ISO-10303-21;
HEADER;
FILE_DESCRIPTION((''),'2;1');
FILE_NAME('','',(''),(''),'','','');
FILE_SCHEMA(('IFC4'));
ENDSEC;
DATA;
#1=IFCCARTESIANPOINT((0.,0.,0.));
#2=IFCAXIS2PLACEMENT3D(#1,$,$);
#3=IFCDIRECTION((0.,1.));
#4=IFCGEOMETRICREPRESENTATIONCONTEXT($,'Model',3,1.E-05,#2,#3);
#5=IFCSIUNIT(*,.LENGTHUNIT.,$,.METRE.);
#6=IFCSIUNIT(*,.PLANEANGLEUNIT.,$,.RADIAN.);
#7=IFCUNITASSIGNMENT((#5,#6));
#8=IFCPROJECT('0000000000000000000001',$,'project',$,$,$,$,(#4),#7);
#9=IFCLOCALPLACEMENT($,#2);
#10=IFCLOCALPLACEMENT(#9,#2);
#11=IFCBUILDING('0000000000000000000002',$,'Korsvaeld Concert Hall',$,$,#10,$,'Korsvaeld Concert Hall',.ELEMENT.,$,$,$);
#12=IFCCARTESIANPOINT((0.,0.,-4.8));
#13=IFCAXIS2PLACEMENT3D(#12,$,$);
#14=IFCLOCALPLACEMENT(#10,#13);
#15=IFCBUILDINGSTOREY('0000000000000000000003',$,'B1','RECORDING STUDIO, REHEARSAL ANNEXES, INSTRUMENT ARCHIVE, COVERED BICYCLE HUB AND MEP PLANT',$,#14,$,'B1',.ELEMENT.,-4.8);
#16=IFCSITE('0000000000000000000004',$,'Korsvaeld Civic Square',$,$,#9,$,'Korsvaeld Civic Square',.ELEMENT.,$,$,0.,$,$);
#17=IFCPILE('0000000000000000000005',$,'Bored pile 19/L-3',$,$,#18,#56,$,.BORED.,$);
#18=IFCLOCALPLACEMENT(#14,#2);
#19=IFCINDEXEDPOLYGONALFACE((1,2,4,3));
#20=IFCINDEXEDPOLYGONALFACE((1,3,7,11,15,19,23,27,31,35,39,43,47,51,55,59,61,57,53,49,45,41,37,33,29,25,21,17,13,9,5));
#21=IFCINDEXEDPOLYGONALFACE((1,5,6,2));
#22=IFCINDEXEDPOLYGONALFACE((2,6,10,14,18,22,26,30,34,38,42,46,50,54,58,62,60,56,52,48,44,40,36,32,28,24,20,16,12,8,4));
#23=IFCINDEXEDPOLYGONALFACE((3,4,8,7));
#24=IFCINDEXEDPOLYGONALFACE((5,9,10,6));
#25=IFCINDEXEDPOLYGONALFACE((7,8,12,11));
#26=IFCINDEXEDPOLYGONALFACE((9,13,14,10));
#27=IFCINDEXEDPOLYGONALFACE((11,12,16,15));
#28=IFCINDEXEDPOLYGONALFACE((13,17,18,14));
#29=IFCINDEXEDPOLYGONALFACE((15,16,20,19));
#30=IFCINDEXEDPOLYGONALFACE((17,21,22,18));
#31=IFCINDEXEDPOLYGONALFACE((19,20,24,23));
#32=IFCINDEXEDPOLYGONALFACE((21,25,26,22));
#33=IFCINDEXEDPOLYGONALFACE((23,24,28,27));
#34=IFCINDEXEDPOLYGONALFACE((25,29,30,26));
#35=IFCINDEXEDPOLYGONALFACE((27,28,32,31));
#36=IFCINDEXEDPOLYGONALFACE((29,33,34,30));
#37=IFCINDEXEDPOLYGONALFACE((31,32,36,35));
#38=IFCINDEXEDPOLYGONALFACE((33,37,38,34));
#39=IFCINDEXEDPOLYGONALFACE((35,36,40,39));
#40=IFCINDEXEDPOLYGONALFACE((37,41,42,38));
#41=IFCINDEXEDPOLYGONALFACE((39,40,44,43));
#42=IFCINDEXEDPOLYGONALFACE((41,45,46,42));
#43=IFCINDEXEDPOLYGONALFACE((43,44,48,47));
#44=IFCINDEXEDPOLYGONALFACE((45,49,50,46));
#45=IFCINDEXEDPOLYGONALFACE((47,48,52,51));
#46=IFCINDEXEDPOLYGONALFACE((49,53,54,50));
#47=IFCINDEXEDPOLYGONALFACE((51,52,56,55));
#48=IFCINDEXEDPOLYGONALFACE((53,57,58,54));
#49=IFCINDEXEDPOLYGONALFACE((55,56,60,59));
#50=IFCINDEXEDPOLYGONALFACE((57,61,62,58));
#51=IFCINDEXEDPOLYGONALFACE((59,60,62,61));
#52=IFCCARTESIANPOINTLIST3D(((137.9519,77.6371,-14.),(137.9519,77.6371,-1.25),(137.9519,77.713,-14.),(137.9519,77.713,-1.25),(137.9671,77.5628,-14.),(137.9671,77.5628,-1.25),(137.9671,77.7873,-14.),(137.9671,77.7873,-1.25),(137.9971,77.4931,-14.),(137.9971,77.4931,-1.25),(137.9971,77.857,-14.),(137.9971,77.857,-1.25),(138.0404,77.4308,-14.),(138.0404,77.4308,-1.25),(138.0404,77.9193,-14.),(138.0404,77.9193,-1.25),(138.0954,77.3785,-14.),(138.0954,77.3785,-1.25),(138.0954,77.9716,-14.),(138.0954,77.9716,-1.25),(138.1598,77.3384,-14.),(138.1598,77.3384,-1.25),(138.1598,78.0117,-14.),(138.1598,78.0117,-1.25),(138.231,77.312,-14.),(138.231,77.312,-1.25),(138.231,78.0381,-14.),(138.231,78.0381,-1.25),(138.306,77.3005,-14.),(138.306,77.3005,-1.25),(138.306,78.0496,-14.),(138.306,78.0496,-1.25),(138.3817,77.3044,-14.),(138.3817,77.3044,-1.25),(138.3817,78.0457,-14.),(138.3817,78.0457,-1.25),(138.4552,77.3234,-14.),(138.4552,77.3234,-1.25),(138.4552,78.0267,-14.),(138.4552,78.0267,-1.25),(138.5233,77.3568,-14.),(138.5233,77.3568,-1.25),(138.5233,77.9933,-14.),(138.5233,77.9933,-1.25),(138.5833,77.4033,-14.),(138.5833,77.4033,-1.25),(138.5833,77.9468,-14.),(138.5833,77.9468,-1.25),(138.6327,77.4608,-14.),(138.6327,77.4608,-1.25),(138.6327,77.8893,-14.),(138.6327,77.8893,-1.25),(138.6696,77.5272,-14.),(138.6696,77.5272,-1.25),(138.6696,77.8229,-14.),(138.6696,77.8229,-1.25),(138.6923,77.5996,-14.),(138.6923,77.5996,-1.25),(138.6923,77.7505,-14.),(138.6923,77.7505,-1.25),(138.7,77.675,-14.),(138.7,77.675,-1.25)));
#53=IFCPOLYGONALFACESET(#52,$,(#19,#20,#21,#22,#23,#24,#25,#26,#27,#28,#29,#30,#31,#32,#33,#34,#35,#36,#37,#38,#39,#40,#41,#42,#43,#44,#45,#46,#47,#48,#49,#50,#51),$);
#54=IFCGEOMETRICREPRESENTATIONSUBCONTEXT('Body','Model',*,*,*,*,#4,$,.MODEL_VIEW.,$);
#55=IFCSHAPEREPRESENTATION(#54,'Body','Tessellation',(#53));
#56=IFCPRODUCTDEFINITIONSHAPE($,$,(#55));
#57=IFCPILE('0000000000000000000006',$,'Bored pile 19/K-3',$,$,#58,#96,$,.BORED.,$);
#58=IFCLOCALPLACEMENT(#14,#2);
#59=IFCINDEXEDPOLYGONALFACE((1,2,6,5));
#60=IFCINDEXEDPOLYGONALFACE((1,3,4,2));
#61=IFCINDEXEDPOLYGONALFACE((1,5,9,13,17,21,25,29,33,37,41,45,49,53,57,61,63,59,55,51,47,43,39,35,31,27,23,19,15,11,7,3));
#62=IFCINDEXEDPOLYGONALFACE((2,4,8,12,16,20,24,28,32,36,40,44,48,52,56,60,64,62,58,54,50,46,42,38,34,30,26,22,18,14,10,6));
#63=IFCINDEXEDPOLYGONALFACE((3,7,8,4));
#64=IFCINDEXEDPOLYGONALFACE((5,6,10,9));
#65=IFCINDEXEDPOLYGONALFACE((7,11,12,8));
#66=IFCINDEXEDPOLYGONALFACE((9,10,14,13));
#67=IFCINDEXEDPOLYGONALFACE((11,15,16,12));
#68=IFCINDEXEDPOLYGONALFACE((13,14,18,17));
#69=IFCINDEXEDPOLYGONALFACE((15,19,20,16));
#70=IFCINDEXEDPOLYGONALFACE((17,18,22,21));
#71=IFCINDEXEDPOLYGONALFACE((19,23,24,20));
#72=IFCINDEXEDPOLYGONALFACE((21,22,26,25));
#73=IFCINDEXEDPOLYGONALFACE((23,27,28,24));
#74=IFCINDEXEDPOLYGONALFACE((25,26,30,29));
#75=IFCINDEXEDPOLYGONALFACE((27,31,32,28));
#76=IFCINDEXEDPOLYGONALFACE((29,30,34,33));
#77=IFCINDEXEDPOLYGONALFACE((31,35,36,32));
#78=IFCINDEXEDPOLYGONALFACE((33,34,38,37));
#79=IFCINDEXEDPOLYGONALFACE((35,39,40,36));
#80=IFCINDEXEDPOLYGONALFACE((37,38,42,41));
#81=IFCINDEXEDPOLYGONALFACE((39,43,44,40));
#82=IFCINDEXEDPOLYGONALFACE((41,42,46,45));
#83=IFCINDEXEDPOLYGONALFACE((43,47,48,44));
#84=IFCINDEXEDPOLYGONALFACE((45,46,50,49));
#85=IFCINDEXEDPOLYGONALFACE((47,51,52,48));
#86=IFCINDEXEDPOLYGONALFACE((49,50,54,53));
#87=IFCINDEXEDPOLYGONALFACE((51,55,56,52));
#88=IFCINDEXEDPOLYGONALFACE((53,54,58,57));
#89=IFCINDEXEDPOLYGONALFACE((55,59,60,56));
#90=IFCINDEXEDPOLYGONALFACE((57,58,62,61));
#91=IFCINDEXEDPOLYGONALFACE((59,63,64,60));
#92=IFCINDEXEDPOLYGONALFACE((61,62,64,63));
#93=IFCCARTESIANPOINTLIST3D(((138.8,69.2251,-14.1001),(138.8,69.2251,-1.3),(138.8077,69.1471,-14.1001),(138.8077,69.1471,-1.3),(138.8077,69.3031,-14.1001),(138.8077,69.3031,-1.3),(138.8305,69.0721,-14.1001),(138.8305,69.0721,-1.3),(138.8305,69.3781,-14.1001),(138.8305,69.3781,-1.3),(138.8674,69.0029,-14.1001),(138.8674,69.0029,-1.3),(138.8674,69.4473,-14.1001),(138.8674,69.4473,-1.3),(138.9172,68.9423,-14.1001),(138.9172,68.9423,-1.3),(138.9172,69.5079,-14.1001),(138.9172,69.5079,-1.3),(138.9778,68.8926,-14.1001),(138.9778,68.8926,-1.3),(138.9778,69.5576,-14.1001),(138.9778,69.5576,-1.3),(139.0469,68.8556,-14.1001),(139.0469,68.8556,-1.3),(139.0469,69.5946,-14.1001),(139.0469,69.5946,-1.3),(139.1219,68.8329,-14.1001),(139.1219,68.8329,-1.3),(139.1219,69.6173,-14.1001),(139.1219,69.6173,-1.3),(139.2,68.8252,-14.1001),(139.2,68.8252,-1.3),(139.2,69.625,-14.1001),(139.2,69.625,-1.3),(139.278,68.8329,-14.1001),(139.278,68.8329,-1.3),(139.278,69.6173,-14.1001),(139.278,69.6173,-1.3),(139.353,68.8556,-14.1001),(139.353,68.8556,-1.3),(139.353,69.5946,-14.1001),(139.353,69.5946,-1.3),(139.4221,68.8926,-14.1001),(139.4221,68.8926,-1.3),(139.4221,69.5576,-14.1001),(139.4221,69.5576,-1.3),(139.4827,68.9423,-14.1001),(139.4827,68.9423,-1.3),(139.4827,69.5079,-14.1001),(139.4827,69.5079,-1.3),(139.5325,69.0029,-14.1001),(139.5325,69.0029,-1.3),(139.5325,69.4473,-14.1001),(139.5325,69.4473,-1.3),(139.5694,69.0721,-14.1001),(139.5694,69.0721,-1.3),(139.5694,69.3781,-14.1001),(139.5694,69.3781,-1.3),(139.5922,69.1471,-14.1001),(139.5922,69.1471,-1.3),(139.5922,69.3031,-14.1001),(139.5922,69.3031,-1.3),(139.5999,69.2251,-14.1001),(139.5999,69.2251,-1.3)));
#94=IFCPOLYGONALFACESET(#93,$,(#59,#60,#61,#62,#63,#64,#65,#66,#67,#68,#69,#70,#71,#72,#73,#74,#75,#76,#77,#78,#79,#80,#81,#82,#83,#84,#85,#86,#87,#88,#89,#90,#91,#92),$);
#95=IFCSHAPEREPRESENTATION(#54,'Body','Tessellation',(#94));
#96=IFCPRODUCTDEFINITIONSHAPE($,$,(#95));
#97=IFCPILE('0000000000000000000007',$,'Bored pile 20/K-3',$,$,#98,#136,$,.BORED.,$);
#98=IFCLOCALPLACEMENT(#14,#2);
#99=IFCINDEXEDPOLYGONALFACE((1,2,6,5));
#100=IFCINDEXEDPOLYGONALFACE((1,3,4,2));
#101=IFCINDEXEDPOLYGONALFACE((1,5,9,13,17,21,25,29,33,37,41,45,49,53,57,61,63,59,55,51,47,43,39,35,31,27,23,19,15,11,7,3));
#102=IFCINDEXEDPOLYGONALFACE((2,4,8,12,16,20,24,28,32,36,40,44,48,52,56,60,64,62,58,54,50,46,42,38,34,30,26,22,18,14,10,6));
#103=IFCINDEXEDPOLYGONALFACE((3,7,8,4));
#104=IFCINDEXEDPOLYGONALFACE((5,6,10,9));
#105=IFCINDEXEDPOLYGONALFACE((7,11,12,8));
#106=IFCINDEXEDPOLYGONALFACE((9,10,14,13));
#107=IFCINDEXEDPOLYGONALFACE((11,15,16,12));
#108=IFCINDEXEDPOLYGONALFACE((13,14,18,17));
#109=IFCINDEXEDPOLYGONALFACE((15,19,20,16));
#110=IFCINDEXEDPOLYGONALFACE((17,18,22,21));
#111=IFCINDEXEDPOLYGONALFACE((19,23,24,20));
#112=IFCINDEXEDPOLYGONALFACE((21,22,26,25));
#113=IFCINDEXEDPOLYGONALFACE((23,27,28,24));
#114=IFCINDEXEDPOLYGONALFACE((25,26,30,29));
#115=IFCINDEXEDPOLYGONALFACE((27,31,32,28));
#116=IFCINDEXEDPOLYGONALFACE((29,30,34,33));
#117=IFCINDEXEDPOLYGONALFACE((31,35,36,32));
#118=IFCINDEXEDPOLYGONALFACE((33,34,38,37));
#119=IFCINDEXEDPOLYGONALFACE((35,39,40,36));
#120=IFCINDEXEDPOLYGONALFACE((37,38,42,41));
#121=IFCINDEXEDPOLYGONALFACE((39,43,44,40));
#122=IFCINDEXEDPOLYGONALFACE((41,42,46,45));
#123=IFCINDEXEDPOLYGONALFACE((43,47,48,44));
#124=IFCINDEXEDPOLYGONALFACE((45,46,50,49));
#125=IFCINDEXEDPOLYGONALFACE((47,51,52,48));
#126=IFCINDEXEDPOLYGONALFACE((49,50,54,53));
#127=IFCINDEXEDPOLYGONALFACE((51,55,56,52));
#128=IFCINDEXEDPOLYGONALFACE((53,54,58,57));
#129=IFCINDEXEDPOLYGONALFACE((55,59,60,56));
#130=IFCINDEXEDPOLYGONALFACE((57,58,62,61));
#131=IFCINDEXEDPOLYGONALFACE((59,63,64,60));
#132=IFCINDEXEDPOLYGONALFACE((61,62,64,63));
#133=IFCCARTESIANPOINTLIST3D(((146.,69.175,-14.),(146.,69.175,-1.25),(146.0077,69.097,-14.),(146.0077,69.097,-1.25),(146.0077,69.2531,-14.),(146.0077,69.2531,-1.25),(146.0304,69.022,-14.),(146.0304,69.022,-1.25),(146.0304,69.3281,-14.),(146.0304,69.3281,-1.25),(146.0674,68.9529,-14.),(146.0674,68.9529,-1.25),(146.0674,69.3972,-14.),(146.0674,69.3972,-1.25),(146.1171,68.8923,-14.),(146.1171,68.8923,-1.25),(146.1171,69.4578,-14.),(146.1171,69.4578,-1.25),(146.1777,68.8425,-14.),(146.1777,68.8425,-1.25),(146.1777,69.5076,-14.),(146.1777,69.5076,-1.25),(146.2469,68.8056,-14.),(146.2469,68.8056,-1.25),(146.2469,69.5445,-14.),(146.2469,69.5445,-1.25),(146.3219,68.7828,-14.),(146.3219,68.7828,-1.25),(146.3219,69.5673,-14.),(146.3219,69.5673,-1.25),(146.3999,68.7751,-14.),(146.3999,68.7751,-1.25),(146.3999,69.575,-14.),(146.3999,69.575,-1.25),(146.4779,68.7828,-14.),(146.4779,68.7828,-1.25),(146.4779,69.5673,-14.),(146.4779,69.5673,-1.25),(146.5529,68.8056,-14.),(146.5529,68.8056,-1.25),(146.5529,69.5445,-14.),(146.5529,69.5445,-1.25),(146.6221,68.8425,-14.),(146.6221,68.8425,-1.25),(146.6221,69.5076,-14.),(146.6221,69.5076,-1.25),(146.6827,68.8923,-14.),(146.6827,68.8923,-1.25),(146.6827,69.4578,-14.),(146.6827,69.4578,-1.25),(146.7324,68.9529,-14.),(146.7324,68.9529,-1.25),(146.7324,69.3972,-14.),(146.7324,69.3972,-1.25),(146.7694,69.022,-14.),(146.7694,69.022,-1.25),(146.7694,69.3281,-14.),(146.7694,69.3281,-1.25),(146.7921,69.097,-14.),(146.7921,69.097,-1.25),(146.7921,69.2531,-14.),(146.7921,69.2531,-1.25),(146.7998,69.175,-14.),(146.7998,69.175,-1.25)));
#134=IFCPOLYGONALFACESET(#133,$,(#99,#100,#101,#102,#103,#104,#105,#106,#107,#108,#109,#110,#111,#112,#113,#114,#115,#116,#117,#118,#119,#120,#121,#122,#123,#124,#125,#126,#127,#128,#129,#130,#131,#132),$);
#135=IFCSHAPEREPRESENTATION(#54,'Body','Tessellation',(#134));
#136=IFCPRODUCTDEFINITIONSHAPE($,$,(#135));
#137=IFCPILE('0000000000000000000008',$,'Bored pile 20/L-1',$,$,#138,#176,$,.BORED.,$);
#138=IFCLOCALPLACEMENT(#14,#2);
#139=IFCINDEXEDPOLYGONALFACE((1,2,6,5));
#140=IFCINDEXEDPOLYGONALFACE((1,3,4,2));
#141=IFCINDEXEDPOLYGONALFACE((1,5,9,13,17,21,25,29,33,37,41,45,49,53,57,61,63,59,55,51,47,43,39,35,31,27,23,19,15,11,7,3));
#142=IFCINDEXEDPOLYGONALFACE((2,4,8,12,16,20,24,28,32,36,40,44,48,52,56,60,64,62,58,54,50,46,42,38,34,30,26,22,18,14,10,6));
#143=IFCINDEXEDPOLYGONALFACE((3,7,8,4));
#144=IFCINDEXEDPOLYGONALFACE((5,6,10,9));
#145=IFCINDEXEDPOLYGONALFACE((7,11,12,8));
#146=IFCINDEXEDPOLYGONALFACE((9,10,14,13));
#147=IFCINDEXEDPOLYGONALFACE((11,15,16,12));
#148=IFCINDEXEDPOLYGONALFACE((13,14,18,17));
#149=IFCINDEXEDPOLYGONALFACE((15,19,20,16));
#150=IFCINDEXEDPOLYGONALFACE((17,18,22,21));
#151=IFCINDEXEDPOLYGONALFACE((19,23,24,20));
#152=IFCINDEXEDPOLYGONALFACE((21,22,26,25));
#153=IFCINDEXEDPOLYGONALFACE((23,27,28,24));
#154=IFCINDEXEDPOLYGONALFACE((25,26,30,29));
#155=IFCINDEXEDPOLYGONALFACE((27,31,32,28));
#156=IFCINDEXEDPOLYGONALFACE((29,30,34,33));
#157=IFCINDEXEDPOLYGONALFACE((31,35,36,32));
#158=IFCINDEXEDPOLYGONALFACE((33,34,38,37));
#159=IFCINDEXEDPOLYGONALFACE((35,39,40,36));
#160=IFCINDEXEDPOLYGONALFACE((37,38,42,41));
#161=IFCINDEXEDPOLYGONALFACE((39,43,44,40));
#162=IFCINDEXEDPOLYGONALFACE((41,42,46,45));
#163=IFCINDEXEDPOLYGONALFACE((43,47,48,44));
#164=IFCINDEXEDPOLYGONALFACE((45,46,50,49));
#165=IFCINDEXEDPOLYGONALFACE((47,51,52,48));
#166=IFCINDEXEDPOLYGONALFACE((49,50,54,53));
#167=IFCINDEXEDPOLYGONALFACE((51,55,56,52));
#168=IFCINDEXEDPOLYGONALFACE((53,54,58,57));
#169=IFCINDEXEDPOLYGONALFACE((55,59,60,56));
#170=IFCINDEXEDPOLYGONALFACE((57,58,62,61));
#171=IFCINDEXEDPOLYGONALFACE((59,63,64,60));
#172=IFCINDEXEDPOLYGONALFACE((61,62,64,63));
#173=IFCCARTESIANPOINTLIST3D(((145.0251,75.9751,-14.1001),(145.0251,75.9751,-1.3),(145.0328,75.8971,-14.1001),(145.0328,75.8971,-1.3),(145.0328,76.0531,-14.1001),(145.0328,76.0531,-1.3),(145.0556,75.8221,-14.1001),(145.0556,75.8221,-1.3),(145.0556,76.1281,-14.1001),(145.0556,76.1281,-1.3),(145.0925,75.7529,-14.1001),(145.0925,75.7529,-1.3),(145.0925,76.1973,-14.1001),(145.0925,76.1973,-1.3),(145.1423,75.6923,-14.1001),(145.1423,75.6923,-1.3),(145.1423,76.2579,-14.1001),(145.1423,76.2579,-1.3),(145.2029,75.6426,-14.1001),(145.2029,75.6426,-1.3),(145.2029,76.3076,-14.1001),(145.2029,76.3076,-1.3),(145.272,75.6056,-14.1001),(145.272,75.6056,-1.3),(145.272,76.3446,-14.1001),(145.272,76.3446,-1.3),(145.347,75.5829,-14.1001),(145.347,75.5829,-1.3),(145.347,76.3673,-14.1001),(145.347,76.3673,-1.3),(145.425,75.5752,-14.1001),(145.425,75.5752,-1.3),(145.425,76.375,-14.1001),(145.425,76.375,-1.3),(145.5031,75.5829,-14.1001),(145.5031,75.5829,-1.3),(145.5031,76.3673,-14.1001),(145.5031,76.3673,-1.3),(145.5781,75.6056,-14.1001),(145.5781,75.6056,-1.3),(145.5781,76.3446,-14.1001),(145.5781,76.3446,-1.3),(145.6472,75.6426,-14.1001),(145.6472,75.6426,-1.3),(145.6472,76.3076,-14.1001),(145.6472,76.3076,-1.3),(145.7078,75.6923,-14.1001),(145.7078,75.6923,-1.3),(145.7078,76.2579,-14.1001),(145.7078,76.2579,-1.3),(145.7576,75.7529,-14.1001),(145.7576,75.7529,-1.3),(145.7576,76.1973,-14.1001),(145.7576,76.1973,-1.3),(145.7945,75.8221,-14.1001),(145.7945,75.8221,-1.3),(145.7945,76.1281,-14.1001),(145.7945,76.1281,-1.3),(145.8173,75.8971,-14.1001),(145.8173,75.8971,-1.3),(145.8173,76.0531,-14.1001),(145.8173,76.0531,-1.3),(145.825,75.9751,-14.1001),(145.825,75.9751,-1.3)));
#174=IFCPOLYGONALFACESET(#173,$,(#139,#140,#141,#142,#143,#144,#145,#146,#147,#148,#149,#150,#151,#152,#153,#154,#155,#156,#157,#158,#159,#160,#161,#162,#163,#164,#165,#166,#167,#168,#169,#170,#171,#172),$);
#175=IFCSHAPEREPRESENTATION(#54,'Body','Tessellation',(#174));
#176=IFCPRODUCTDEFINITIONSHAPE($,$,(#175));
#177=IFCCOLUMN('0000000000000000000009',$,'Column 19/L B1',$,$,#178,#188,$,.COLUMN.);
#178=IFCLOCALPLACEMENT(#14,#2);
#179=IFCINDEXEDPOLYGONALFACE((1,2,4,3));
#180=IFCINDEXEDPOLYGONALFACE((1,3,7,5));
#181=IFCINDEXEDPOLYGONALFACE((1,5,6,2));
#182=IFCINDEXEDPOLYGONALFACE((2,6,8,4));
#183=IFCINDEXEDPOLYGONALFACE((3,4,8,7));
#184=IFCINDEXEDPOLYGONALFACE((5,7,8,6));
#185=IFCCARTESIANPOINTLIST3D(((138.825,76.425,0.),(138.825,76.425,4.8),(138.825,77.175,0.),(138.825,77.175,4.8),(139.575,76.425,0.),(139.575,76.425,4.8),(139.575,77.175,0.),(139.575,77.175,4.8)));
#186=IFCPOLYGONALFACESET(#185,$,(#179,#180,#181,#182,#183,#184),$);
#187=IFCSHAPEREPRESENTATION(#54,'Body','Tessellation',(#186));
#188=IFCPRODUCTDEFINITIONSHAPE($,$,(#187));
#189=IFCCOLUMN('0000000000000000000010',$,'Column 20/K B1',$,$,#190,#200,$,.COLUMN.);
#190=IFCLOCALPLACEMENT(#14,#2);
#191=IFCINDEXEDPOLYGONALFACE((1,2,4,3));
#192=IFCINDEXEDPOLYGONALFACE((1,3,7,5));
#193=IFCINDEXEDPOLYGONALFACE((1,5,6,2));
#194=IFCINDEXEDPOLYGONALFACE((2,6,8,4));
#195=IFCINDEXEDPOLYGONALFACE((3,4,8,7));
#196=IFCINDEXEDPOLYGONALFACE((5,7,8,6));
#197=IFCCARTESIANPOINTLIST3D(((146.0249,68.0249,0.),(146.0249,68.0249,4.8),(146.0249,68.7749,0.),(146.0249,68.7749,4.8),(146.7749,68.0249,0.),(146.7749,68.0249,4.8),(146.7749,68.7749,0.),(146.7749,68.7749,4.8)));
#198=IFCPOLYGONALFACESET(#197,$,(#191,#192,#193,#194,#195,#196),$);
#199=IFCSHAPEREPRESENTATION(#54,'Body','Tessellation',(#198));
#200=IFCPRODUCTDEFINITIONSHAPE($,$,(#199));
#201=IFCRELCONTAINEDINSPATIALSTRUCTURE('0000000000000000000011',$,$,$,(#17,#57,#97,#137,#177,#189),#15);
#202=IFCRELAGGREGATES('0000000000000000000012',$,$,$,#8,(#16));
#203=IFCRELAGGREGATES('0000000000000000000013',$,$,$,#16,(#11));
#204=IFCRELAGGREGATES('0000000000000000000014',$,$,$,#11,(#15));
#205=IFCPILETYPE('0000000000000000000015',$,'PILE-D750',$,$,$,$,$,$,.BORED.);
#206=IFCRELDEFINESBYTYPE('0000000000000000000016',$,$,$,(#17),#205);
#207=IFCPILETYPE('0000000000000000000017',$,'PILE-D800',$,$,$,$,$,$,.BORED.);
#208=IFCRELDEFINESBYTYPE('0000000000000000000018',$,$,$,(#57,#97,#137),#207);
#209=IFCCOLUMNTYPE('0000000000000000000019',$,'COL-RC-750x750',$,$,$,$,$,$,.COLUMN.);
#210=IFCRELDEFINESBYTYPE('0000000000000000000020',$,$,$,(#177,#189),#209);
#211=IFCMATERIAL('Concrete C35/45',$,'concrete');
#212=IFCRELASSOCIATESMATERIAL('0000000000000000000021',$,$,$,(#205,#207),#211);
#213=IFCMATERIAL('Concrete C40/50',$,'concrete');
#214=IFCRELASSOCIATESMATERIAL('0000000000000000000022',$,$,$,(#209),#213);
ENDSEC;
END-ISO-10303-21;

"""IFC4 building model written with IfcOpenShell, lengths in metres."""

from ifc_helpers import new_model, si_unit, direction, frame, origin, origin_2d, place, context, subcontext, project, spatial, rectangle, circle, extrude, material, material_profile, profile_set, type_object, element, save


model = new_model("IFC4")

# Units and contexts
model_context = context("Model", 3, precision=1e-05, world=origin(), true_north=direction((0.0, 1.0)))
body_context = subcontext(model_context, "Body", "Model", "MODEL_VIEW")
ifc_project = project(units=[si_unit("LENGTHUNIT", "METRE"), si_unit("PLANEANGLEUNIT", "RADIAN")], contexts=[model_context])

# Site, building, storey
site_placement = place(None, origin())
site = spatial("IfcSite", under=ifc_project, at=site_placement, Name="Korsvaeld Civic Square", LongName="Korsvaeld Civic Square", CompositionType="ELEMENT", RefElevation=0.0)
building_placement = place(site_placement, origin())
building = spatial("IfcBuilding", under=site, at=building_placement, Name="Korsvaeld Concert Hall", LongName="Korsvaeld Concert Hall", CompositionType="ELEMENT")
storey_placement = place(building_placement, frame((0.0, 0.0, -4.8)))
storey = spatial("IfcBuildingStorey", under=building, at=storey_placement, Name="B1", Description="RECORDING STUDIO, REHEARSAL ANNEXES, INSTRUMENT ARCHIVE, COVERED BICYCLE HUB AND MEP PLANT", LongName="B1", CompositionType="ELEMENT", Elevation=-4.8)

# Shared definitions
ifc_material_1 = material(Name="Concrete C35/45", Category="concrete")

# Piles
ifc_material_profile_1 = material_profile(ifc_material_1, circle(Radius=0.375, at=origin_2d()), Name="BORED PILE D750")
ifc_profile_set_1 = profile_set([ifc_material_profile_1], Name="Concrete C35/45")
pile_type_1 = type_object("IfcPileType", Name="PILE-D750", PredefinedType="BORED", material=ifc_profile_set_1)
for number, where, z_axis, x_axis, name in (
    (1, (138.325, 77.675, -1.25), (0.0, 0.0, -1.0), (1.0, 0.0, 0.0), "Bored pile 19/L-3"),
):
    element("IfcPile", number, at=place(storey_placement, frame(where, z_axis=z_axis, x_axis=x_axis)), inside=storey, type_object=pile_type_1, Name=name, PredefinedType="BORED", context=body_context, shape_type="SweptSolid", body=[
        extrude(circle(Radius=0.375, at=origin_2d()), origin(), (0.0, 0.0, 1.0), 12.75),
    ])
ifc_material_profile_2 = material_profile(ifc_material_1, circle(Radius=0.3999, at=origin_2d()), Name="BORED PILE D800")
ifc_profile_set_2 = profile_set([ifc_material_profile_2], Name="Concrete C35/45")
pile_type_2 = type_object("IfcPileType", Name="PILE-D800", PredefinedType="BORED", material=ifc_profile_set_2)
pile_1_placement = place(storey_placement, frame((139.2, 69.2251, -1.3), z_axis=(0.0, 0.0, -1.0), x_axis=(1.0, 0.0, 0.0)))
element("IfcPile", 2, at=pile_1_placement, inside=storey, type_object=pile_type_2, Name="Bored pile 19/K-3", PredefinedType="BORED", context=body_context, shape_type="SweptSolid", body=[
    extrude(circle(Radius=0.3999, at=origin_2d()), origin(), (0.0, 0.0, 1.0), 12.8),
])
pile_2_placement = place(storey_placement, frame((146.3999, 69.175, -1.25), z_axis=(0.0, 0.0, -1.0), x_axis=(1.0, 0.0, 0.0)))
element("IfcPile", 3, at=pile_2_placement, inside=storey, type_object=pile_type_2, Name="Bored pile 20/K-3", PredefinedType="BORED", context=body_context, shape_type="SweptSolid", body=[
    extrude(circle(Radius=0.3999, at=origin_2d()), origin(), (0.0, 0.0, 1.0), 12.75),
])
pile_3_placement = place(storey_placement, frame((145.425, 75.9751, -1.3), z_axis=(0.0, 0.0, -1.0), x_axis=(1.0, 0.0, 0.0)))
element("IfcPile", 4, at=pile_3_placement, inside=storey, type_object=pile_type_2, Name="Bored pile 20/L-1", PredefinedType="BORED", context=body_context, shape_type="SweptSolid", body=[
    extrude(circle(Radius=0.3999, at=origin_2d()), origin(), (0.0, 0.0, 1.0), 12.8),
])

# Columns
ifc_material_2 = material(Name="Concrete C40/50", Category="concrete")
ifc_material_profile_3 = material_profile(ifc_material_2, rectangle(XDim=0.75, YDim=0.75, at=origin_2d()), Name="RC 750x750")
ifc_profile_set_3 = profile_set([ifc_material_profile_3], Name="Concrete C40/50")
column_type_1 = type_object("IfcColumnType", Name="COL-RC-750x750", PredefinedType="COLUMN", material=ifc_profile_set_3)
for number, where, z_axis, x_axis, name in (
    (5, (139.2, 76.8, 0.0), (0.0, 0.0, 1.0), (1.0, 0.0, 0.0), "Column 19/L B1"),
    (6, (146.3999, 68.3999, 0.0), (0.0, 0.0, 1.0), (1.0, 0.0, 0.0), "Column 20/K B1"),
):
    element("IfcColumn", number, at=place(storey_placement, frame(where, z_axis=z_axis, x_axis=x_axis)), inside=storey, type_object=column_type_1, Name=name, PredefinedType="COLUMN", context=body_context, shape_type="SweptSolid", body=[
        extrude(rectangle(XDim=0.75, YDim=0.75, at=origin_2d()), origin(), (0.0, 0.0, 1.0), 4.8),
    ])

save(model, "model.ifc")
